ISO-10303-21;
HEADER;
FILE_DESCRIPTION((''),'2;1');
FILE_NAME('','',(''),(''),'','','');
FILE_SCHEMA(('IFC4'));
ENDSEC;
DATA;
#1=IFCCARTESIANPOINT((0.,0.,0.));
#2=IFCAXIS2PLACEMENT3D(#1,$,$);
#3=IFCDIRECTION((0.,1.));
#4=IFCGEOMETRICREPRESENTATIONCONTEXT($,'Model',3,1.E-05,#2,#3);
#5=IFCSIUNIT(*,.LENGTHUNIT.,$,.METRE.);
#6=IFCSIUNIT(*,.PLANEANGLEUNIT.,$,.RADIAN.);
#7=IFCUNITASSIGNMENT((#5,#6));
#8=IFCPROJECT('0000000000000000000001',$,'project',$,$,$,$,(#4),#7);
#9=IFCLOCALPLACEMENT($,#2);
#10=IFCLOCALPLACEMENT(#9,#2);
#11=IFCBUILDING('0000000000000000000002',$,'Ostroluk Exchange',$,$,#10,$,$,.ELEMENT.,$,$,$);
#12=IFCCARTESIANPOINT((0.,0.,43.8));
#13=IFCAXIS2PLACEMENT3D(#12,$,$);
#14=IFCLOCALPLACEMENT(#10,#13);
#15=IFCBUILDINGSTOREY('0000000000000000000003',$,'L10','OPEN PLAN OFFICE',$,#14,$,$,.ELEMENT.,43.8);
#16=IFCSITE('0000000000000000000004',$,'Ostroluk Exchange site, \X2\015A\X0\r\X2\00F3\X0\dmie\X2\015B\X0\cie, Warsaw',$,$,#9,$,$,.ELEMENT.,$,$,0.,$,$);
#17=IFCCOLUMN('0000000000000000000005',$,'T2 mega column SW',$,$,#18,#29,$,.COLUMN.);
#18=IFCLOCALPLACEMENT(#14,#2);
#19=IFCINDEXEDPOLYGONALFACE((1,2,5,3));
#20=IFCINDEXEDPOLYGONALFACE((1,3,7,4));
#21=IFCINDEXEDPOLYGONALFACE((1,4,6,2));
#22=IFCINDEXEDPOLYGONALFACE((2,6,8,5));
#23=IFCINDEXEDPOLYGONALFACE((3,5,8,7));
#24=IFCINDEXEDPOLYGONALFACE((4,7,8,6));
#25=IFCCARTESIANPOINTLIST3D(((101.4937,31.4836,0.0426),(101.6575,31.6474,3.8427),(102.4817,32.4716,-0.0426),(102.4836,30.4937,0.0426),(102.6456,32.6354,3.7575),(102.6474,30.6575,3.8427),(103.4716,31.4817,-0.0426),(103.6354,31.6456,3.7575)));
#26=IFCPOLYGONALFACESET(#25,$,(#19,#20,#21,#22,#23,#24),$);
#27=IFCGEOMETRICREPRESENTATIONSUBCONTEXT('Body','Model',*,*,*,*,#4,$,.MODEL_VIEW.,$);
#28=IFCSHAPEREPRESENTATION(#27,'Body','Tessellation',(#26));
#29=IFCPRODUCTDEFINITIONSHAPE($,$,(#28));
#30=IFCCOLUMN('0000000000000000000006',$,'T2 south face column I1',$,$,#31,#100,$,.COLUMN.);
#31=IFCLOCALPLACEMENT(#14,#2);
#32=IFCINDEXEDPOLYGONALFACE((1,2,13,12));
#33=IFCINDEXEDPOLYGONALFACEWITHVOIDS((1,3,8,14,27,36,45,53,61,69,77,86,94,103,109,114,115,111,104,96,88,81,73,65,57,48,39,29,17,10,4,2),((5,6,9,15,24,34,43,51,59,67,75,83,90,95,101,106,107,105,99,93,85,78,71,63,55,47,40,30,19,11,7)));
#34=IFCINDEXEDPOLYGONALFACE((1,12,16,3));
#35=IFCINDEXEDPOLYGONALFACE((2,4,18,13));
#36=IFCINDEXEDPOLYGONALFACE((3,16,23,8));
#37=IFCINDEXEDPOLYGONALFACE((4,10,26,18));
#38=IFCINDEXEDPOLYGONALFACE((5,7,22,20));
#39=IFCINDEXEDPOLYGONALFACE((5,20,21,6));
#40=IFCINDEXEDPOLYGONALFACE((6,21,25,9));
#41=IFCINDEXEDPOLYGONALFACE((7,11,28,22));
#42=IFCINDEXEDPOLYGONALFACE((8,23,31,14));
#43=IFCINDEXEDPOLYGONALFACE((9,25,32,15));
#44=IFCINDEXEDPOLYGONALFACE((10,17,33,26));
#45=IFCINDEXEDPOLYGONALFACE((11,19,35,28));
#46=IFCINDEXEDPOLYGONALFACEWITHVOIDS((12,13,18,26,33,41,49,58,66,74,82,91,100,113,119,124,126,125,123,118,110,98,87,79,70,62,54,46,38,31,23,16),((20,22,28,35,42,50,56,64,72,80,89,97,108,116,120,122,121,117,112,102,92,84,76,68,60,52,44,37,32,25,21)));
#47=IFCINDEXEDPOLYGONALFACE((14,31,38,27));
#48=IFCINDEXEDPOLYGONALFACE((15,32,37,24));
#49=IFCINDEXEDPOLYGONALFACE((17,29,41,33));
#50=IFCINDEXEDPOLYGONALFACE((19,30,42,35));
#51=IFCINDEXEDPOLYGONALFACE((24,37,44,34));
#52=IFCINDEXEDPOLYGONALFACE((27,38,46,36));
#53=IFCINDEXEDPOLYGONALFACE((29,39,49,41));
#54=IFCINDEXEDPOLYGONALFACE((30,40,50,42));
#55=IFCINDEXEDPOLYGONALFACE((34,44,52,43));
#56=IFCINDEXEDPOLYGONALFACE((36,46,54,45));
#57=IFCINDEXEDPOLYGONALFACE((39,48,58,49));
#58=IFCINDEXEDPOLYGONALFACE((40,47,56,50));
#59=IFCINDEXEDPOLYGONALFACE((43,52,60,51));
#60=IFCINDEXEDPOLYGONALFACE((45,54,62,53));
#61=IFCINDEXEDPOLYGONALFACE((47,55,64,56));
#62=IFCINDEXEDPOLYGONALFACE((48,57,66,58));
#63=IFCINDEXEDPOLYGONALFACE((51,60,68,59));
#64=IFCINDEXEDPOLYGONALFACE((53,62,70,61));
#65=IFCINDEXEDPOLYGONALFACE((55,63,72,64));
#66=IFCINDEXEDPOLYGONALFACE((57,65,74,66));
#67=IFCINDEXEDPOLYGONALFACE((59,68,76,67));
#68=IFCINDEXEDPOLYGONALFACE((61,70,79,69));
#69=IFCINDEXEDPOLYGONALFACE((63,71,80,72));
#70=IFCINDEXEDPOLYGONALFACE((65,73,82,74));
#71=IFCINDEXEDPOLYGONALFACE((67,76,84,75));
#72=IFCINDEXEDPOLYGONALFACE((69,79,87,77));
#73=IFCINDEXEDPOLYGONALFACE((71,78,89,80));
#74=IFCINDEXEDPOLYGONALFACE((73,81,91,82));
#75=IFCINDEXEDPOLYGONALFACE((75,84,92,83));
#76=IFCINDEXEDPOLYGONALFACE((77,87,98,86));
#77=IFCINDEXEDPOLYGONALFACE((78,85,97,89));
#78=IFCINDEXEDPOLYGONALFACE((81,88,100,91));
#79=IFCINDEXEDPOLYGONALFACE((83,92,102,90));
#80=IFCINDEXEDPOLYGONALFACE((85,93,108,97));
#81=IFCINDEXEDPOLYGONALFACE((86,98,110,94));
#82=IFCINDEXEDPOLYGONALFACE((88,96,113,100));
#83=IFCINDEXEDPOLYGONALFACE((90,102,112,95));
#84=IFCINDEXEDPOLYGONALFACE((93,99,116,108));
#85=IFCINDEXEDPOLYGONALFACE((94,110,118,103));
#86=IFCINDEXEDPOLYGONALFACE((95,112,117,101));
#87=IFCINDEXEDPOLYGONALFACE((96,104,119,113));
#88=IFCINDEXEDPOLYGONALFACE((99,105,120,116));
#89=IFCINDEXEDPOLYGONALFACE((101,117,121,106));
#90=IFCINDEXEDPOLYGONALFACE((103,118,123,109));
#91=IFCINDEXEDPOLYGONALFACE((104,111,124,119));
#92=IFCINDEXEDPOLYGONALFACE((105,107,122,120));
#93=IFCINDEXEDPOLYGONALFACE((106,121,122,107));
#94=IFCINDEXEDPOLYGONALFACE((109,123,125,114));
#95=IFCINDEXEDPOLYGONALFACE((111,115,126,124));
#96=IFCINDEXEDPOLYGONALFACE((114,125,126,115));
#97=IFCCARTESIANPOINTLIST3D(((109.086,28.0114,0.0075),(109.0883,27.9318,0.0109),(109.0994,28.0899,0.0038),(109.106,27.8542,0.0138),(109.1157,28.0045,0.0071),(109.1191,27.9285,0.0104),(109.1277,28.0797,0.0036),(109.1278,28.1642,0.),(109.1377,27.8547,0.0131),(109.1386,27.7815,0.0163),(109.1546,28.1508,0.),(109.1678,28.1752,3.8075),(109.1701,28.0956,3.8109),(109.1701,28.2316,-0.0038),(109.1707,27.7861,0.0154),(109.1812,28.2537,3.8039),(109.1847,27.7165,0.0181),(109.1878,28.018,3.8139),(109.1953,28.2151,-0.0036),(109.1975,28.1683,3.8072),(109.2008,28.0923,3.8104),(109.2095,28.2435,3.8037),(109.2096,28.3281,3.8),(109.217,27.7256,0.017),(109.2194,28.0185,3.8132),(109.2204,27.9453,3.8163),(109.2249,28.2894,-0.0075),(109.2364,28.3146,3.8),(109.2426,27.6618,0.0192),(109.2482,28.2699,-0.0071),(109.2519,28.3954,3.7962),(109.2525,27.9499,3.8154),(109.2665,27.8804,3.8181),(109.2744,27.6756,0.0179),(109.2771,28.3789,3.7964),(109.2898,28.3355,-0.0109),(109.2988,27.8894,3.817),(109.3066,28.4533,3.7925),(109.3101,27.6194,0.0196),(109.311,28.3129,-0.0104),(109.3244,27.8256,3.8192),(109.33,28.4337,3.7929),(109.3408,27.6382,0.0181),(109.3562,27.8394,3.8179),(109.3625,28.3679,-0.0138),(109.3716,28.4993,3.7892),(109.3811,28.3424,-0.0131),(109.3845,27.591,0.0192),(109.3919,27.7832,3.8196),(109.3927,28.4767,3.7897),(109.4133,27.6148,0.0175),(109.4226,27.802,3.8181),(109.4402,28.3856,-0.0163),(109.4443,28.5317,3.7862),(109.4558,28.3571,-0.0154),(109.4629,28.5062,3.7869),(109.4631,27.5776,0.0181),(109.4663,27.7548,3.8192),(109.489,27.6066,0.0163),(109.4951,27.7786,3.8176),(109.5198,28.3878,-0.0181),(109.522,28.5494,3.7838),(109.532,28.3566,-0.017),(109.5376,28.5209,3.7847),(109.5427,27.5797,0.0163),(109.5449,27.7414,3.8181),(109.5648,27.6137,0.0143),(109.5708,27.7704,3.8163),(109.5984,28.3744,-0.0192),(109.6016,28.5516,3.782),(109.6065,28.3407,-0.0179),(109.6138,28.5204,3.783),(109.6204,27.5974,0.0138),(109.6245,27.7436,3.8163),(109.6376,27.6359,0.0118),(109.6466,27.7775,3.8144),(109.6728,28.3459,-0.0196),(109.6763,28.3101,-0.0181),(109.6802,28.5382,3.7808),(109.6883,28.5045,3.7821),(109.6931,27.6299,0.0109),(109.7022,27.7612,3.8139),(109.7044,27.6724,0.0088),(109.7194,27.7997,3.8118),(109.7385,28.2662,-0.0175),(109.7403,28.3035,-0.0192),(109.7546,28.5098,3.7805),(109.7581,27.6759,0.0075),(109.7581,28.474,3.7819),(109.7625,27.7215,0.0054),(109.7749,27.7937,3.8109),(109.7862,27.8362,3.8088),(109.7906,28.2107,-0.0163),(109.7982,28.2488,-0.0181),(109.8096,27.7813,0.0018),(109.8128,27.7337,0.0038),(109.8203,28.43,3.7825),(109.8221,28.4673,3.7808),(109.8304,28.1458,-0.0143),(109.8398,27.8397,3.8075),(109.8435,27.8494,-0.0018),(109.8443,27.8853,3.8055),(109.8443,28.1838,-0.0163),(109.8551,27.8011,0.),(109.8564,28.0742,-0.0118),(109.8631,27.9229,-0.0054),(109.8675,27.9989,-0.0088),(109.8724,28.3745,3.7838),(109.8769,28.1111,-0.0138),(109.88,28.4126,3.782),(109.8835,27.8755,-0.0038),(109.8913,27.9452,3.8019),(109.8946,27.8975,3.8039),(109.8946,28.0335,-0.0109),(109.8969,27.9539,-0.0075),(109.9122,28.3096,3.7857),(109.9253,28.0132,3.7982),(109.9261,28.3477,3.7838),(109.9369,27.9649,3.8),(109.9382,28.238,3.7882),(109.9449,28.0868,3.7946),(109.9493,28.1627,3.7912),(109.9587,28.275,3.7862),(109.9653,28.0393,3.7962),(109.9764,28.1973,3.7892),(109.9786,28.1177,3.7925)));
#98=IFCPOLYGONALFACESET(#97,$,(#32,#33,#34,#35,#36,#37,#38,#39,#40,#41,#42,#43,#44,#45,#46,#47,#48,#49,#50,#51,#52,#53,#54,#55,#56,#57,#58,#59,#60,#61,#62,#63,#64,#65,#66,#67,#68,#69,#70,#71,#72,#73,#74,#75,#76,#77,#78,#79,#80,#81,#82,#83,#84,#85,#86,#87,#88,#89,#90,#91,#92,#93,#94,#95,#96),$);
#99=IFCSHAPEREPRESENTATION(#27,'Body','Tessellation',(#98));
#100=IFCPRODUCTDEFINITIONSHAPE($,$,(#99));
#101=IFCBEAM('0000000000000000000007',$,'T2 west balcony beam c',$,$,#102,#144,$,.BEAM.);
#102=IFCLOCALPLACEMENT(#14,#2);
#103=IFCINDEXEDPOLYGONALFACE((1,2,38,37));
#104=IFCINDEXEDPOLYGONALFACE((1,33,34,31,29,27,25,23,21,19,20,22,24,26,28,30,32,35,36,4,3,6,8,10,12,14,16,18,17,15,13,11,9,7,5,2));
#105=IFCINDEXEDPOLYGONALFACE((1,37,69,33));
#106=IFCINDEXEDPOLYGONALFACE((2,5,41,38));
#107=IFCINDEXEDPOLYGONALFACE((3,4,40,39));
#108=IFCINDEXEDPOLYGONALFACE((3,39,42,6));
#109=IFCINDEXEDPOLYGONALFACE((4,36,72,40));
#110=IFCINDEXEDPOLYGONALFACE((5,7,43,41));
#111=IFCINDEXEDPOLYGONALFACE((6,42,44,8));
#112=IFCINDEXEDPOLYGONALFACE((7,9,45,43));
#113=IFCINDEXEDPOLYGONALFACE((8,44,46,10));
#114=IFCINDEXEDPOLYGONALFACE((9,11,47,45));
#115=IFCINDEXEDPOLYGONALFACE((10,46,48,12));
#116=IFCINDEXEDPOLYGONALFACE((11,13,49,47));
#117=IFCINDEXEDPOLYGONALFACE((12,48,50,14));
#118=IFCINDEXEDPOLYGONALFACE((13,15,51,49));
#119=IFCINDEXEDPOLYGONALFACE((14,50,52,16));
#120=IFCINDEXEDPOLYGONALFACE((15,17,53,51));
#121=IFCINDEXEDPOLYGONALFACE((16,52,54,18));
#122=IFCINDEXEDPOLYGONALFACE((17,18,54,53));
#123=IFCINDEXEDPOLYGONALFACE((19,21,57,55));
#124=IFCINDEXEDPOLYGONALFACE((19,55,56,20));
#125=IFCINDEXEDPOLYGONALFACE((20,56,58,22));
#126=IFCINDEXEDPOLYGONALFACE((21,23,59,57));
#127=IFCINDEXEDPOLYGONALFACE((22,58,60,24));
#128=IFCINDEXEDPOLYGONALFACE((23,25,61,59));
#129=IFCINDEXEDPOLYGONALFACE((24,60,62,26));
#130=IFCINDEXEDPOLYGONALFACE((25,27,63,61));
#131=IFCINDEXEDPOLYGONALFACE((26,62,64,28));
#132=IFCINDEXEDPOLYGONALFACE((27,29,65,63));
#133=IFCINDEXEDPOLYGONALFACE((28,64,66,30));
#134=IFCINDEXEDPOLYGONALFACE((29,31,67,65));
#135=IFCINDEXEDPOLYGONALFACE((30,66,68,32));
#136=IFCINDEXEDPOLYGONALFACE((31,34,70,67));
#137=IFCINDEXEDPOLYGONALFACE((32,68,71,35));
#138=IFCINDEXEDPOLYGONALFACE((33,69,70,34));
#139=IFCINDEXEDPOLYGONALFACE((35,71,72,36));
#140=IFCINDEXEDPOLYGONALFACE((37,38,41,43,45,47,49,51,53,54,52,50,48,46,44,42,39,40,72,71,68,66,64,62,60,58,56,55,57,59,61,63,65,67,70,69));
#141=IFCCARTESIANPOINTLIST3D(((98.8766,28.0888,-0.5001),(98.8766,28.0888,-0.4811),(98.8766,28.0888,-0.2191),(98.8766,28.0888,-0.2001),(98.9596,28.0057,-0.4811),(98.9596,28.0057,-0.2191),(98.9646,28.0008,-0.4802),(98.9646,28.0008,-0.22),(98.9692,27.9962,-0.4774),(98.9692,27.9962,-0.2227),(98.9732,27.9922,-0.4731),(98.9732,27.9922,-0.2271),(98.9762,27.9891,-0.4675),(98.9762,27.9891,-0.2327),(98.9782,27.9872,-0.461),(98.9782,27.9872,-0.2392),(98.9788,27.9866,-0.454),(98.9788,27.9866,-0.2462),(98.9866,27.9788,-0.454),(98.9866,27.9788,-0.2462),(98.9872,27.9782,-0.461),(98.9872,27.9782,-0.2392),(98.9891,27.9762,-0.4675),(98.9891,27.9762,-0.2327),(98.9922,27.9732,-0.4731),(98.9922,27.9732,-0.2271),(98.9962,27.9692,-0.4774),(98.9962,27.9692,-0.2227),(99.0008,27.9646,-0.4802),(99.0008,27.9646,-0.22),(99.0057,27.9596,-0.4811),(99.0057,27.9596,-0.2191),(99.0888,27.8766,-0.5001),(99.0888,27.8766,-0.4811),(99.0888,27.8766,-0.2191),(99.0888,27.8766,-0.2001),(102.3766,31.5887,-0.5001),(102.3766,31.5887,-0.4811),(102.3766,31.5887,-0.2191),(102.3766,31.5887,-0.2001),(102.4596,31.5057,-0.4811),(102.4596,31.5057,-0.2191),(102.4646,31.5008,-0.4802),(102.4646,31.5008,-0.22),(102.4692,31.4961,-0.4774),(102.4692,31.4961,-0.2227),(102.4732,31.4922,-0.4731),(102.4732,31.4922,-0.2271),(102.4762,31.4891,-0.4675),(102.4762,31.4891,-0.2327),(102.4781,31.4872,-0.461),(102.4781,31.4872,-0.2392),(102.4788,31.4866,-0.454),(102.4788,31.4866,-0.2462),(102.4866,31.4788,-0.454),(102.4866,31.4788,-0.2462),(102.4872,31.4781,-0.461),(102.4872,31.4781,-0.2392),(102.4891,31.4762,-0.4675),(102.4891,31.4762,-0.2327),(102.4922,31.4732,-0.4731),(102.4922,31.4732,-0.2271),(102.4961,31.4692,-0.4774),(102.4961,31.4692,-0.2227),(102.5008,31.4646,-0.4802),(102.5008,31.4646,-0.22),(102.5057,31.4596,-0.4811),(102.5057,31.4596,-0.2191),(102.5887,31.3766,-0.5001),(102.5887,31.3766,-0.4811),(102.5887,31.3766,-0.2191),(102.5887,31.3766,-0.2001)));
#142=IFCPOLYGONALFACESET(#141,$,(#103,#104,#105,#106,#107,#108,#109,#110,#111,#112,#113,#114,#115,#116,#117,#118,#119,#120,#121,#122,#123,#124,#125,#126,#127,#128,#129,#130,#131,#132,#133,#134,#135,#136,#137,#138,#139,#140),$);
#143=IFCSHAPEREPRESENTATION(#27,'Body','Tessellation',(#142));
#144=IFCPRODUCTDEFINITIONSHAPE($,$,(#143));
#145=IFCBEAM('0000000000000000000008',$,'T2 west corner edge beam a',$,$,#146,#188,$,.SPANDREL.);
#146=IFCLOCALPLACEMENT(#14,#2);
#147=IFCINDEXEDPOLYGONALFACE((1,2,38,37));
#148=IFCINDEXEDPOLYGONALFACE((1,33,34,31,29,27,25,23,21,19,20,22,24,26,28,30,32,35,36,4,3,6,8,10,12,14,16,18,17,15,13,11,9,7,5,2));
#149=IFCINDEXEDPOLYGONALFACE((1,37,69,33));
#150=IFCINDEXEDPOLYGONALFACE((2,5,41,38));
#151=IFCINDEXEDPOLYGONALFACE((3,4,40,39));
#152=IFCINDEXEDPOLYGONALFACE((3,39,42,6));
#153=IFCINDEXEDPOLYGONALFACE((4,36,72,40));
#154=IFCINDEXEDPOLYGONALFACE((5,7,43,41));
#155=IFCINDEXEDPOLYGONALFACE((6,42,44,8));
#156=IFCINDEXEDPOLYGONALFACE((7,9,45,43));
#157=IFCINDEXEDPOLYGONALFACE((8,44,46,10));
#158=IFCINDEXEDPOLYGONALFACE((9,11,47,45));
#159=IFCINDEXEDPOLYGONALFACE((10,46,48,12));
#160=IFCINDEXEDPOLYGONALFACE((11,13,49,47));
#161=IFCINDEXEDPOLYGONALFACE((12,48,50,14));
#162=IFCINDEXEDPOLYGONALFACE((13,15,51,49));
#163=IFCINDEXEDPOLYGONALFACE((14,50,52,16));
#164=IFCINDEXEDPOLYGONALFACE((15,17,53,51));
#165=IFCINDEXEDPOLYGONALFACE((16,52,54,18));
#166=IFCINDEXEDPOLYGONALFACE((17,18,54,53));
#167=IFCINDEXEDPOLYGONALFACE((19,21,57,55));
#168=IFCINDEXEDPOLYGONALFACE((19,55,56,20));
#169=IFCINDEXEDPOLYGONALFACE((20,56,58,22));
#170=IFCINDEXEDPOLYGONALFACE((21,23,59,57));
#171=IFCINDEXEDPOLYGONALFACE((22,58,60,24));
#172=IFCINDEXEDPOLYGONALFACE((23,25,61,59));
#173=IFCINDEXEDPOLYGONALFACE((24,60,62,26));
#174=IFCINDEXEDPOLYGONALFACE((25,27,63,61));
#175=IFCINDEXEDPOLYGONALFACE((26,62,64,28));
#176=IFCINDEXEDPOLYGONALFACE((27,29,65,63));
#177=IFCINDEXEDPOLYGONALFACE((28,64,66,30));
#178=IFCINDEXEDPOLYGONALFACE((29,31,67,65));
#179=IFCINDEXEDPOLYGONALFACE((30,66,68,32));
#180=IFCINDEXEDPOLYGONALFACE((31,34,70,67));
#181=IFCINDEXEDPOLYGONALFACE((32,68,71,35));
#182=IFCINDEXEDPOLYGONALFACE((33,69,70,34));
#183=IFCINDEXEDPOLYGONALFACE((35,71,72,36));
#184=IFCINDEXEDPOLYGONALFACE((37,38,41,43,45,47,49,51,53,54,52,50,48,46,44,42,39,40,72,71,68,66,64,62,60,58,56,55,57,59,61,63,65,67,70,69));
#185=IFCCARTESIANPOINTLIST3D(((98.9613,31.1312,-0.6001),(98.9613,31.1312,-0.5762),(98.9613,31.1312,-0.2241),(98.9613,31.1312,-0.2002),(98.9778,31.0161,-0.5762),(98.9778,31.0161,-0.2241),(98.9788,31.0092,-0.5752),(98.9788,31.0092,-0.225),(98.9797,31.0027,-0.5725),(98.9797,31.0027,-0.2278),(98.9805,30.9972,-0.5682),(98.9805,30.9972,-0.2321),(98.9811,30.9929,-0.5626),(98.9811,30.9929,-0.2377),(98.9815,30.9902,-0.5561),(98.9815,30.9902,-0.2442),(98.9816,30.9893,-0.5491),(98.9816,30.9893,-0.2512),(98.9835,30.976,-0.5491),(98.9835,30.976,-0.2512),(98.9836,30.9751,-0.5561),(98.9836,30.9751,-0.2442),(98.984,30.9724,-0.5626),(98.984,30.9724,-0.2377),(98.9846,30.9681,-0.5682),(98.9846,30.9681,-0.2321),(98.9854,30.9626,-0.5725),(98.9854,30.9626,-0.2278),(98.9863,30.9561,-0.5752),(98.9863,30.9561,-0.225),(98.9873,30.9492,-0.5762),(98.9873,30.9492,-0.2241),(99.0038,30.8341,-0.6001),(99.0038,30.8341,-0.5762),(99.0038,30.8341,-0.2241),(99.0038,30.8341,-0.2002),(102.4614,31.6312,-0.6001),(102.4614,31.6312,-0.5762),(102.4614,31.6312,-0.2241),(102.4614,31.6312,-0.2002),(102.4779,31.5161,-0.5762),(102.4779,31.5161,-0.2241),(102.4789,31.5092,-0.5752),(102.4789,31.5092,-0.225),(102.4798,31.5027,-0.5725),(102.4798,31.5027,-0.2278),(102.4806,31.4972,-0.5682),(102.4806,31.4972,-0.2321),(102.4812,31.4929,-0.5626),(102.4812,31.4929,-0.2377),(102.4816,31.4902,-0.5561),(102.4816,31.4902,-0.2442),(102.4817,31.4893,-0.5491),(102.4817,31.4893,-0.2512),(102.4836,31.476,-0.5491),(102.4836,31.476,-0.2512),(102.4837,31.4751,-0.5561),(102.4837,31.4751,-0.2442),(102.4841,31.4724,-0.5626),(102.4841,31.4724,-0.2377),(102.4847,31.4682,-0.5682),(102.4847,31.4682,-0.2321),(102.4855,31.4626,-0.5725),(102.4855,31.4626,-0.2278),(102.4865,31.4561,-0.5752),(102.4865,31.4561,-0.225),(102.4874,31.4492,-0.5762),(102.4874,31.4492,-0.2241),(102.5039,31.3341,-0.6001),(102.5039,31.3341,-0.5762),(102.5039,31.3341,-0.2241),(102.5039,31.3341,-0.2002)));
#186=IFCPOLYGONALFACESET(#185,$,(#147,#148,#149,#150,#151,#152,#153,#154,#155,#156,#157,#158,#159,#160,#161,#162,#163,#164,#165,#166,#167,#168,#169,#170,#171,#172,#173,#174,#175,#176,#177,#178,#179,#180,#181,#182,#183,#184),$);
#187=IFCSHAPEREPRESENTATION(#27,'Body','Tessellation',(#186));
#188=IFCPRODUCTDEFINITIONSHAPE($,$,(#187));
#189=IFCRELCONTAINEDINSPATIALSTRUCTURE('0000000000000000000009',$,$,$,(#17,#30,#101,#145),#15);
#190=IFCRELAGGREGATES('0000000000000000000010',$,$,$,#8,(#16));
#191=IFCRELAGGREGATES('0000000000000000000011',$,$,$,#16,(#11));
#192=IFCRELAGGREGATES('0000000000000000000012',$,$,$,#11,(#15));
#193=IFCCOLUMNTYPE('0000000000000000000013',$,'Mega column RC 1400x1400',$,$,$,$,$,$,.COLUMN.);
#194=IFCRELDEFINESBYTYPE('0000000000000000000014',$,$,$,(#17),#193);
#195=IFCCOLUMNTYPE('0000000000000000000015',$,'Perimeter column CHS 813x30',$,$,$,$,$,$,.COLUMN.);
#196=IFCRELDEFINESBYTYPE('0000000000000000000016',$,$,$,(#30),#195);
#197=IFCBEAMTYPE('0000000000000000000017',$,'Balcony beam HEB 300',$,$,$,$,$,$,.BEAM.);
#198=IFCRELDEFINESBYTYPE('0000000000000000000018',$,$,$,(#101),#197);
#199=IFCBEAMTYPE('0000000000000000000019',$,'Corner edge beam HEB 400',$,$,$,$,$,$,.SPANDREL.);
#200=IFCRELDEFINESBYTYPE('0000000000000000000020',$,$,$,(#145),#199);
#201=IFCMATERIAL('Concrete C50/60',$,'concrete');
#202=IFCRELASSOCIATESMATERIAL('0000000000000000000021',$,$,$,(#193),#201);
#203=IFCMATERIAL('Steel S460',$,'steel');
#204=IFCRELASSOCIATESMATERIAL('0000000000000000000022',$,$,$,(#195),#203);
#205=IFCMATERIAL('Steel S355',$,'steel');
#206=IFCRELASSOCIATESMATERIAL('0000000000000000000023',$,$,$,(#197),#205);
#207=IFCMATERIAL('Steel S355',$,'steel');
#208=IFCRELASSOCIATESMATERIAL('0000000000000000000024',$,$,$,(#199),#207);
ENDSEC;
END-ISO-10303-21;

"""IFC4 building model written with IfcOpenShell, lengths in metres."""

from ifc_helpers import new_model, si_unit, direction, frame, origin, origin_2d, place, context, subcontext, project, spatial, rectangle, hollow_circle, i_section, extrude, material, material_profile, profile_set, type_object, element, save


model = new_model("IFC4")

# Units and contexts
model_context = context("Model", 3, precision=1e-05, world=origin(), true_north=direction((0.0, 1.0)))
body_context = subcontext(model_context, "Body", "Model", "MODEL_VIEW")
ifc_project = project(units=[si_unit("LENGTHUNIT", "METRE"), si_unit("PLANEANGLEUNIT", "RADIAN")], contexts=[model_context])

# Site, building, storey
site_placement = place(None, origin())
site = spatial("IfcSite", under=ifc_project, at=site_placement, Name="Ostroluk Exchange site, Śródmieście, Warsaw", CompositionType="ELEMENT", RefElevation=0.0)
building_placement = place(site_placement, origin())
building = spatial("IfcBuilding", under=site, at=building_placement, Name="Ostroluk Exchange", CompositionType="ELEMENT")
storey_placement = place(building_placement, frame((0.0, 0.0, 43.8)))
storey = spatial("IfcBuildingStorey", under=building, at=storey_placement, Name="L10", Description="OPEN PLAN OFFICE", CompositionType="ELEMENT", Elevation=43.8)

# Columns
ifc_material_1 = material(Name="Concrete C50/60", Category="concrete")
ifc_material_profile_1 = material_profile(ifc_material_1, rectangle(XDim=1.3999, YDim=1.3999, at=origin_2d()), Name="RC 1400x1400")
ifc_profile_set_1 = profile_set([ifc_material_profile_1], Name="Concrete C50/60")
column_type_1 = type_object("IfcColumnType", Name="Mega column RC 1400x1400", PredefinedType="COLUMN", material=ifc_profile_set_1)
column_1_placement = place(storey_placement, frame((102.4827, 31.4827, 0.0), z_axis=(0.04303, 0.04303, 0.998147), x_axis=(-0.707107, 0.707107, 0.0)))
element("IfcColumn", 1, at=column_1_placement, inside=storey, type_object=column_type_1, Name="T2 mega column SW", PredefinedType="COLUMN", context=body_context, shape_type="SweptSolid", body=[
    extrude(rectangle(XDim=1.3999, YDim=1.3999, at=origin_2d()), origin(), (0.0, 0.0, 1.0), 3.8071),
])
ifc_material_2 = material(Name="Steel S460", Category="steel")
ifc_material_profile_2 = material_profile(ifc_material_2, hollow_circle(Radius=0.4065, WallThickness=0.03, at=origin_2d()), Name="CHS 813x30")
ifc_profile_set_2 = profile_set([ifc_material_profile_2], Name="Steel S460")
column_type_2 = type_object("IfcColumnType", Name="Perimeter column CHS 813x30", PredefinedType="COLUMN", material=ifc_profile_set_2)
column_2_placement = place(storey_placement, frame((109.4915, 27.9827, 0.0), z_axis=(0.021498, 0.04306, 0.998841), x_axis=(-0.894694, 0.44668, 0.0)))
element("IfcColumn", 2, at=column_2_placement, inside=storey, type_object=column_type_2, Name="T2 south face column I1", PredefinedType="COLUMN", context=body_context, shape_type="SweptSolid", body=[
    extrude(hollow_circle(Radius=0.4065, WallThickness=0.03, at=origin_2d()), origin(), (0.0, 0.0, 1.0), 3.8044),
])

# Beams
ifc_material_3 = material(Name="Steel S355", Category="steel")
ifc_material_profile_3 = material_profile(ifc_material_3, i_section(OverallWidth=0.3, OverallDepth=0.3, WebThickness=0.011, FlangeThickness=0.019, FilletRadius=0.0271, at=origin_2d()), Name="HEB 300")
ifc_profile_set_3 = profile_set([ifc_material_profile_3], Name="Steel S355")
beam_type_1 = type_object("IfcBeamType", Name="Balcony beam HEB 300", PredefinedType="BEAM", material=ifc_profile_set_3)
beam_1_placement = place(storey_placement, frame((102.4827, 31.4827, -0.3501), z_axis=(-0.707107, -0.707107, 0.0), x_axis=(0.707107, -0.707107, 0.0)))
element("IfcBeam", 3, at=beam_1_placement, inside=storey, type_object=beam_type_1, Name="T2 west balcony beam c", PredefinedType="BEAM", context=body_context, shape_type="SweptSolid", body=[
    extrude(i_section(OverallWidth=0.3, OverallDepth=0.3, WebThickness=0.011, FlangeThickness=0.019, FilletRadius=0.0271, at=origin_2d()), origin(), (0.0, 0.0, 1.0), 4.9497),
])
ifc_material_4 = material(Name="Steel S355", Category="steel")
ifc_material_profile_4 = material_profile(ifc_material_4, i_section(OverallWidth=0.3, OverallDepth=0.3999, WebThickness=0.0134, FlangeThickness=0.0239, FilletRadius=0.0271, at=origin_2d()), Name="HEB 400")
ifc_profile_set_4 = profile_set([ifc_material_profile_4], Name="Steel S355")
beam_type_2 = type_object("IfcBeamType", Name="Corner edge beam HEB 400", PredefinedType="SPANDREL", material=ifc_profile_set_4)
for number, where, z_axis, x_axis, name in (
    (4, (102.4827, 31.4827, -0.4001), (-0.989949, -0.141421, 0.0), (0.141421, -0.989949, 0.0), "T2 west corner edge beam a"),
):
    element("IfcBeam", number, at=place(storey_placement, frame(where, z_axis=z_axis, x_axis=x_axis)), inside=storey, type_object=beam_type_2, Name=name, PredefinedType="SPANDREL", context=body_context, shape_type="SweptSolid", body=[
        extrude(i_section(OverallWidth=0.3, OverallDepth=0.3999, WebThickness=0.0134, FlangeThickness=0.0239, FilletRadius=0.0271, at=origin_2d()), origin(), (0.0, 0.0, 1.0), 3.5356),
    ])

save(model, "model.ifc")
